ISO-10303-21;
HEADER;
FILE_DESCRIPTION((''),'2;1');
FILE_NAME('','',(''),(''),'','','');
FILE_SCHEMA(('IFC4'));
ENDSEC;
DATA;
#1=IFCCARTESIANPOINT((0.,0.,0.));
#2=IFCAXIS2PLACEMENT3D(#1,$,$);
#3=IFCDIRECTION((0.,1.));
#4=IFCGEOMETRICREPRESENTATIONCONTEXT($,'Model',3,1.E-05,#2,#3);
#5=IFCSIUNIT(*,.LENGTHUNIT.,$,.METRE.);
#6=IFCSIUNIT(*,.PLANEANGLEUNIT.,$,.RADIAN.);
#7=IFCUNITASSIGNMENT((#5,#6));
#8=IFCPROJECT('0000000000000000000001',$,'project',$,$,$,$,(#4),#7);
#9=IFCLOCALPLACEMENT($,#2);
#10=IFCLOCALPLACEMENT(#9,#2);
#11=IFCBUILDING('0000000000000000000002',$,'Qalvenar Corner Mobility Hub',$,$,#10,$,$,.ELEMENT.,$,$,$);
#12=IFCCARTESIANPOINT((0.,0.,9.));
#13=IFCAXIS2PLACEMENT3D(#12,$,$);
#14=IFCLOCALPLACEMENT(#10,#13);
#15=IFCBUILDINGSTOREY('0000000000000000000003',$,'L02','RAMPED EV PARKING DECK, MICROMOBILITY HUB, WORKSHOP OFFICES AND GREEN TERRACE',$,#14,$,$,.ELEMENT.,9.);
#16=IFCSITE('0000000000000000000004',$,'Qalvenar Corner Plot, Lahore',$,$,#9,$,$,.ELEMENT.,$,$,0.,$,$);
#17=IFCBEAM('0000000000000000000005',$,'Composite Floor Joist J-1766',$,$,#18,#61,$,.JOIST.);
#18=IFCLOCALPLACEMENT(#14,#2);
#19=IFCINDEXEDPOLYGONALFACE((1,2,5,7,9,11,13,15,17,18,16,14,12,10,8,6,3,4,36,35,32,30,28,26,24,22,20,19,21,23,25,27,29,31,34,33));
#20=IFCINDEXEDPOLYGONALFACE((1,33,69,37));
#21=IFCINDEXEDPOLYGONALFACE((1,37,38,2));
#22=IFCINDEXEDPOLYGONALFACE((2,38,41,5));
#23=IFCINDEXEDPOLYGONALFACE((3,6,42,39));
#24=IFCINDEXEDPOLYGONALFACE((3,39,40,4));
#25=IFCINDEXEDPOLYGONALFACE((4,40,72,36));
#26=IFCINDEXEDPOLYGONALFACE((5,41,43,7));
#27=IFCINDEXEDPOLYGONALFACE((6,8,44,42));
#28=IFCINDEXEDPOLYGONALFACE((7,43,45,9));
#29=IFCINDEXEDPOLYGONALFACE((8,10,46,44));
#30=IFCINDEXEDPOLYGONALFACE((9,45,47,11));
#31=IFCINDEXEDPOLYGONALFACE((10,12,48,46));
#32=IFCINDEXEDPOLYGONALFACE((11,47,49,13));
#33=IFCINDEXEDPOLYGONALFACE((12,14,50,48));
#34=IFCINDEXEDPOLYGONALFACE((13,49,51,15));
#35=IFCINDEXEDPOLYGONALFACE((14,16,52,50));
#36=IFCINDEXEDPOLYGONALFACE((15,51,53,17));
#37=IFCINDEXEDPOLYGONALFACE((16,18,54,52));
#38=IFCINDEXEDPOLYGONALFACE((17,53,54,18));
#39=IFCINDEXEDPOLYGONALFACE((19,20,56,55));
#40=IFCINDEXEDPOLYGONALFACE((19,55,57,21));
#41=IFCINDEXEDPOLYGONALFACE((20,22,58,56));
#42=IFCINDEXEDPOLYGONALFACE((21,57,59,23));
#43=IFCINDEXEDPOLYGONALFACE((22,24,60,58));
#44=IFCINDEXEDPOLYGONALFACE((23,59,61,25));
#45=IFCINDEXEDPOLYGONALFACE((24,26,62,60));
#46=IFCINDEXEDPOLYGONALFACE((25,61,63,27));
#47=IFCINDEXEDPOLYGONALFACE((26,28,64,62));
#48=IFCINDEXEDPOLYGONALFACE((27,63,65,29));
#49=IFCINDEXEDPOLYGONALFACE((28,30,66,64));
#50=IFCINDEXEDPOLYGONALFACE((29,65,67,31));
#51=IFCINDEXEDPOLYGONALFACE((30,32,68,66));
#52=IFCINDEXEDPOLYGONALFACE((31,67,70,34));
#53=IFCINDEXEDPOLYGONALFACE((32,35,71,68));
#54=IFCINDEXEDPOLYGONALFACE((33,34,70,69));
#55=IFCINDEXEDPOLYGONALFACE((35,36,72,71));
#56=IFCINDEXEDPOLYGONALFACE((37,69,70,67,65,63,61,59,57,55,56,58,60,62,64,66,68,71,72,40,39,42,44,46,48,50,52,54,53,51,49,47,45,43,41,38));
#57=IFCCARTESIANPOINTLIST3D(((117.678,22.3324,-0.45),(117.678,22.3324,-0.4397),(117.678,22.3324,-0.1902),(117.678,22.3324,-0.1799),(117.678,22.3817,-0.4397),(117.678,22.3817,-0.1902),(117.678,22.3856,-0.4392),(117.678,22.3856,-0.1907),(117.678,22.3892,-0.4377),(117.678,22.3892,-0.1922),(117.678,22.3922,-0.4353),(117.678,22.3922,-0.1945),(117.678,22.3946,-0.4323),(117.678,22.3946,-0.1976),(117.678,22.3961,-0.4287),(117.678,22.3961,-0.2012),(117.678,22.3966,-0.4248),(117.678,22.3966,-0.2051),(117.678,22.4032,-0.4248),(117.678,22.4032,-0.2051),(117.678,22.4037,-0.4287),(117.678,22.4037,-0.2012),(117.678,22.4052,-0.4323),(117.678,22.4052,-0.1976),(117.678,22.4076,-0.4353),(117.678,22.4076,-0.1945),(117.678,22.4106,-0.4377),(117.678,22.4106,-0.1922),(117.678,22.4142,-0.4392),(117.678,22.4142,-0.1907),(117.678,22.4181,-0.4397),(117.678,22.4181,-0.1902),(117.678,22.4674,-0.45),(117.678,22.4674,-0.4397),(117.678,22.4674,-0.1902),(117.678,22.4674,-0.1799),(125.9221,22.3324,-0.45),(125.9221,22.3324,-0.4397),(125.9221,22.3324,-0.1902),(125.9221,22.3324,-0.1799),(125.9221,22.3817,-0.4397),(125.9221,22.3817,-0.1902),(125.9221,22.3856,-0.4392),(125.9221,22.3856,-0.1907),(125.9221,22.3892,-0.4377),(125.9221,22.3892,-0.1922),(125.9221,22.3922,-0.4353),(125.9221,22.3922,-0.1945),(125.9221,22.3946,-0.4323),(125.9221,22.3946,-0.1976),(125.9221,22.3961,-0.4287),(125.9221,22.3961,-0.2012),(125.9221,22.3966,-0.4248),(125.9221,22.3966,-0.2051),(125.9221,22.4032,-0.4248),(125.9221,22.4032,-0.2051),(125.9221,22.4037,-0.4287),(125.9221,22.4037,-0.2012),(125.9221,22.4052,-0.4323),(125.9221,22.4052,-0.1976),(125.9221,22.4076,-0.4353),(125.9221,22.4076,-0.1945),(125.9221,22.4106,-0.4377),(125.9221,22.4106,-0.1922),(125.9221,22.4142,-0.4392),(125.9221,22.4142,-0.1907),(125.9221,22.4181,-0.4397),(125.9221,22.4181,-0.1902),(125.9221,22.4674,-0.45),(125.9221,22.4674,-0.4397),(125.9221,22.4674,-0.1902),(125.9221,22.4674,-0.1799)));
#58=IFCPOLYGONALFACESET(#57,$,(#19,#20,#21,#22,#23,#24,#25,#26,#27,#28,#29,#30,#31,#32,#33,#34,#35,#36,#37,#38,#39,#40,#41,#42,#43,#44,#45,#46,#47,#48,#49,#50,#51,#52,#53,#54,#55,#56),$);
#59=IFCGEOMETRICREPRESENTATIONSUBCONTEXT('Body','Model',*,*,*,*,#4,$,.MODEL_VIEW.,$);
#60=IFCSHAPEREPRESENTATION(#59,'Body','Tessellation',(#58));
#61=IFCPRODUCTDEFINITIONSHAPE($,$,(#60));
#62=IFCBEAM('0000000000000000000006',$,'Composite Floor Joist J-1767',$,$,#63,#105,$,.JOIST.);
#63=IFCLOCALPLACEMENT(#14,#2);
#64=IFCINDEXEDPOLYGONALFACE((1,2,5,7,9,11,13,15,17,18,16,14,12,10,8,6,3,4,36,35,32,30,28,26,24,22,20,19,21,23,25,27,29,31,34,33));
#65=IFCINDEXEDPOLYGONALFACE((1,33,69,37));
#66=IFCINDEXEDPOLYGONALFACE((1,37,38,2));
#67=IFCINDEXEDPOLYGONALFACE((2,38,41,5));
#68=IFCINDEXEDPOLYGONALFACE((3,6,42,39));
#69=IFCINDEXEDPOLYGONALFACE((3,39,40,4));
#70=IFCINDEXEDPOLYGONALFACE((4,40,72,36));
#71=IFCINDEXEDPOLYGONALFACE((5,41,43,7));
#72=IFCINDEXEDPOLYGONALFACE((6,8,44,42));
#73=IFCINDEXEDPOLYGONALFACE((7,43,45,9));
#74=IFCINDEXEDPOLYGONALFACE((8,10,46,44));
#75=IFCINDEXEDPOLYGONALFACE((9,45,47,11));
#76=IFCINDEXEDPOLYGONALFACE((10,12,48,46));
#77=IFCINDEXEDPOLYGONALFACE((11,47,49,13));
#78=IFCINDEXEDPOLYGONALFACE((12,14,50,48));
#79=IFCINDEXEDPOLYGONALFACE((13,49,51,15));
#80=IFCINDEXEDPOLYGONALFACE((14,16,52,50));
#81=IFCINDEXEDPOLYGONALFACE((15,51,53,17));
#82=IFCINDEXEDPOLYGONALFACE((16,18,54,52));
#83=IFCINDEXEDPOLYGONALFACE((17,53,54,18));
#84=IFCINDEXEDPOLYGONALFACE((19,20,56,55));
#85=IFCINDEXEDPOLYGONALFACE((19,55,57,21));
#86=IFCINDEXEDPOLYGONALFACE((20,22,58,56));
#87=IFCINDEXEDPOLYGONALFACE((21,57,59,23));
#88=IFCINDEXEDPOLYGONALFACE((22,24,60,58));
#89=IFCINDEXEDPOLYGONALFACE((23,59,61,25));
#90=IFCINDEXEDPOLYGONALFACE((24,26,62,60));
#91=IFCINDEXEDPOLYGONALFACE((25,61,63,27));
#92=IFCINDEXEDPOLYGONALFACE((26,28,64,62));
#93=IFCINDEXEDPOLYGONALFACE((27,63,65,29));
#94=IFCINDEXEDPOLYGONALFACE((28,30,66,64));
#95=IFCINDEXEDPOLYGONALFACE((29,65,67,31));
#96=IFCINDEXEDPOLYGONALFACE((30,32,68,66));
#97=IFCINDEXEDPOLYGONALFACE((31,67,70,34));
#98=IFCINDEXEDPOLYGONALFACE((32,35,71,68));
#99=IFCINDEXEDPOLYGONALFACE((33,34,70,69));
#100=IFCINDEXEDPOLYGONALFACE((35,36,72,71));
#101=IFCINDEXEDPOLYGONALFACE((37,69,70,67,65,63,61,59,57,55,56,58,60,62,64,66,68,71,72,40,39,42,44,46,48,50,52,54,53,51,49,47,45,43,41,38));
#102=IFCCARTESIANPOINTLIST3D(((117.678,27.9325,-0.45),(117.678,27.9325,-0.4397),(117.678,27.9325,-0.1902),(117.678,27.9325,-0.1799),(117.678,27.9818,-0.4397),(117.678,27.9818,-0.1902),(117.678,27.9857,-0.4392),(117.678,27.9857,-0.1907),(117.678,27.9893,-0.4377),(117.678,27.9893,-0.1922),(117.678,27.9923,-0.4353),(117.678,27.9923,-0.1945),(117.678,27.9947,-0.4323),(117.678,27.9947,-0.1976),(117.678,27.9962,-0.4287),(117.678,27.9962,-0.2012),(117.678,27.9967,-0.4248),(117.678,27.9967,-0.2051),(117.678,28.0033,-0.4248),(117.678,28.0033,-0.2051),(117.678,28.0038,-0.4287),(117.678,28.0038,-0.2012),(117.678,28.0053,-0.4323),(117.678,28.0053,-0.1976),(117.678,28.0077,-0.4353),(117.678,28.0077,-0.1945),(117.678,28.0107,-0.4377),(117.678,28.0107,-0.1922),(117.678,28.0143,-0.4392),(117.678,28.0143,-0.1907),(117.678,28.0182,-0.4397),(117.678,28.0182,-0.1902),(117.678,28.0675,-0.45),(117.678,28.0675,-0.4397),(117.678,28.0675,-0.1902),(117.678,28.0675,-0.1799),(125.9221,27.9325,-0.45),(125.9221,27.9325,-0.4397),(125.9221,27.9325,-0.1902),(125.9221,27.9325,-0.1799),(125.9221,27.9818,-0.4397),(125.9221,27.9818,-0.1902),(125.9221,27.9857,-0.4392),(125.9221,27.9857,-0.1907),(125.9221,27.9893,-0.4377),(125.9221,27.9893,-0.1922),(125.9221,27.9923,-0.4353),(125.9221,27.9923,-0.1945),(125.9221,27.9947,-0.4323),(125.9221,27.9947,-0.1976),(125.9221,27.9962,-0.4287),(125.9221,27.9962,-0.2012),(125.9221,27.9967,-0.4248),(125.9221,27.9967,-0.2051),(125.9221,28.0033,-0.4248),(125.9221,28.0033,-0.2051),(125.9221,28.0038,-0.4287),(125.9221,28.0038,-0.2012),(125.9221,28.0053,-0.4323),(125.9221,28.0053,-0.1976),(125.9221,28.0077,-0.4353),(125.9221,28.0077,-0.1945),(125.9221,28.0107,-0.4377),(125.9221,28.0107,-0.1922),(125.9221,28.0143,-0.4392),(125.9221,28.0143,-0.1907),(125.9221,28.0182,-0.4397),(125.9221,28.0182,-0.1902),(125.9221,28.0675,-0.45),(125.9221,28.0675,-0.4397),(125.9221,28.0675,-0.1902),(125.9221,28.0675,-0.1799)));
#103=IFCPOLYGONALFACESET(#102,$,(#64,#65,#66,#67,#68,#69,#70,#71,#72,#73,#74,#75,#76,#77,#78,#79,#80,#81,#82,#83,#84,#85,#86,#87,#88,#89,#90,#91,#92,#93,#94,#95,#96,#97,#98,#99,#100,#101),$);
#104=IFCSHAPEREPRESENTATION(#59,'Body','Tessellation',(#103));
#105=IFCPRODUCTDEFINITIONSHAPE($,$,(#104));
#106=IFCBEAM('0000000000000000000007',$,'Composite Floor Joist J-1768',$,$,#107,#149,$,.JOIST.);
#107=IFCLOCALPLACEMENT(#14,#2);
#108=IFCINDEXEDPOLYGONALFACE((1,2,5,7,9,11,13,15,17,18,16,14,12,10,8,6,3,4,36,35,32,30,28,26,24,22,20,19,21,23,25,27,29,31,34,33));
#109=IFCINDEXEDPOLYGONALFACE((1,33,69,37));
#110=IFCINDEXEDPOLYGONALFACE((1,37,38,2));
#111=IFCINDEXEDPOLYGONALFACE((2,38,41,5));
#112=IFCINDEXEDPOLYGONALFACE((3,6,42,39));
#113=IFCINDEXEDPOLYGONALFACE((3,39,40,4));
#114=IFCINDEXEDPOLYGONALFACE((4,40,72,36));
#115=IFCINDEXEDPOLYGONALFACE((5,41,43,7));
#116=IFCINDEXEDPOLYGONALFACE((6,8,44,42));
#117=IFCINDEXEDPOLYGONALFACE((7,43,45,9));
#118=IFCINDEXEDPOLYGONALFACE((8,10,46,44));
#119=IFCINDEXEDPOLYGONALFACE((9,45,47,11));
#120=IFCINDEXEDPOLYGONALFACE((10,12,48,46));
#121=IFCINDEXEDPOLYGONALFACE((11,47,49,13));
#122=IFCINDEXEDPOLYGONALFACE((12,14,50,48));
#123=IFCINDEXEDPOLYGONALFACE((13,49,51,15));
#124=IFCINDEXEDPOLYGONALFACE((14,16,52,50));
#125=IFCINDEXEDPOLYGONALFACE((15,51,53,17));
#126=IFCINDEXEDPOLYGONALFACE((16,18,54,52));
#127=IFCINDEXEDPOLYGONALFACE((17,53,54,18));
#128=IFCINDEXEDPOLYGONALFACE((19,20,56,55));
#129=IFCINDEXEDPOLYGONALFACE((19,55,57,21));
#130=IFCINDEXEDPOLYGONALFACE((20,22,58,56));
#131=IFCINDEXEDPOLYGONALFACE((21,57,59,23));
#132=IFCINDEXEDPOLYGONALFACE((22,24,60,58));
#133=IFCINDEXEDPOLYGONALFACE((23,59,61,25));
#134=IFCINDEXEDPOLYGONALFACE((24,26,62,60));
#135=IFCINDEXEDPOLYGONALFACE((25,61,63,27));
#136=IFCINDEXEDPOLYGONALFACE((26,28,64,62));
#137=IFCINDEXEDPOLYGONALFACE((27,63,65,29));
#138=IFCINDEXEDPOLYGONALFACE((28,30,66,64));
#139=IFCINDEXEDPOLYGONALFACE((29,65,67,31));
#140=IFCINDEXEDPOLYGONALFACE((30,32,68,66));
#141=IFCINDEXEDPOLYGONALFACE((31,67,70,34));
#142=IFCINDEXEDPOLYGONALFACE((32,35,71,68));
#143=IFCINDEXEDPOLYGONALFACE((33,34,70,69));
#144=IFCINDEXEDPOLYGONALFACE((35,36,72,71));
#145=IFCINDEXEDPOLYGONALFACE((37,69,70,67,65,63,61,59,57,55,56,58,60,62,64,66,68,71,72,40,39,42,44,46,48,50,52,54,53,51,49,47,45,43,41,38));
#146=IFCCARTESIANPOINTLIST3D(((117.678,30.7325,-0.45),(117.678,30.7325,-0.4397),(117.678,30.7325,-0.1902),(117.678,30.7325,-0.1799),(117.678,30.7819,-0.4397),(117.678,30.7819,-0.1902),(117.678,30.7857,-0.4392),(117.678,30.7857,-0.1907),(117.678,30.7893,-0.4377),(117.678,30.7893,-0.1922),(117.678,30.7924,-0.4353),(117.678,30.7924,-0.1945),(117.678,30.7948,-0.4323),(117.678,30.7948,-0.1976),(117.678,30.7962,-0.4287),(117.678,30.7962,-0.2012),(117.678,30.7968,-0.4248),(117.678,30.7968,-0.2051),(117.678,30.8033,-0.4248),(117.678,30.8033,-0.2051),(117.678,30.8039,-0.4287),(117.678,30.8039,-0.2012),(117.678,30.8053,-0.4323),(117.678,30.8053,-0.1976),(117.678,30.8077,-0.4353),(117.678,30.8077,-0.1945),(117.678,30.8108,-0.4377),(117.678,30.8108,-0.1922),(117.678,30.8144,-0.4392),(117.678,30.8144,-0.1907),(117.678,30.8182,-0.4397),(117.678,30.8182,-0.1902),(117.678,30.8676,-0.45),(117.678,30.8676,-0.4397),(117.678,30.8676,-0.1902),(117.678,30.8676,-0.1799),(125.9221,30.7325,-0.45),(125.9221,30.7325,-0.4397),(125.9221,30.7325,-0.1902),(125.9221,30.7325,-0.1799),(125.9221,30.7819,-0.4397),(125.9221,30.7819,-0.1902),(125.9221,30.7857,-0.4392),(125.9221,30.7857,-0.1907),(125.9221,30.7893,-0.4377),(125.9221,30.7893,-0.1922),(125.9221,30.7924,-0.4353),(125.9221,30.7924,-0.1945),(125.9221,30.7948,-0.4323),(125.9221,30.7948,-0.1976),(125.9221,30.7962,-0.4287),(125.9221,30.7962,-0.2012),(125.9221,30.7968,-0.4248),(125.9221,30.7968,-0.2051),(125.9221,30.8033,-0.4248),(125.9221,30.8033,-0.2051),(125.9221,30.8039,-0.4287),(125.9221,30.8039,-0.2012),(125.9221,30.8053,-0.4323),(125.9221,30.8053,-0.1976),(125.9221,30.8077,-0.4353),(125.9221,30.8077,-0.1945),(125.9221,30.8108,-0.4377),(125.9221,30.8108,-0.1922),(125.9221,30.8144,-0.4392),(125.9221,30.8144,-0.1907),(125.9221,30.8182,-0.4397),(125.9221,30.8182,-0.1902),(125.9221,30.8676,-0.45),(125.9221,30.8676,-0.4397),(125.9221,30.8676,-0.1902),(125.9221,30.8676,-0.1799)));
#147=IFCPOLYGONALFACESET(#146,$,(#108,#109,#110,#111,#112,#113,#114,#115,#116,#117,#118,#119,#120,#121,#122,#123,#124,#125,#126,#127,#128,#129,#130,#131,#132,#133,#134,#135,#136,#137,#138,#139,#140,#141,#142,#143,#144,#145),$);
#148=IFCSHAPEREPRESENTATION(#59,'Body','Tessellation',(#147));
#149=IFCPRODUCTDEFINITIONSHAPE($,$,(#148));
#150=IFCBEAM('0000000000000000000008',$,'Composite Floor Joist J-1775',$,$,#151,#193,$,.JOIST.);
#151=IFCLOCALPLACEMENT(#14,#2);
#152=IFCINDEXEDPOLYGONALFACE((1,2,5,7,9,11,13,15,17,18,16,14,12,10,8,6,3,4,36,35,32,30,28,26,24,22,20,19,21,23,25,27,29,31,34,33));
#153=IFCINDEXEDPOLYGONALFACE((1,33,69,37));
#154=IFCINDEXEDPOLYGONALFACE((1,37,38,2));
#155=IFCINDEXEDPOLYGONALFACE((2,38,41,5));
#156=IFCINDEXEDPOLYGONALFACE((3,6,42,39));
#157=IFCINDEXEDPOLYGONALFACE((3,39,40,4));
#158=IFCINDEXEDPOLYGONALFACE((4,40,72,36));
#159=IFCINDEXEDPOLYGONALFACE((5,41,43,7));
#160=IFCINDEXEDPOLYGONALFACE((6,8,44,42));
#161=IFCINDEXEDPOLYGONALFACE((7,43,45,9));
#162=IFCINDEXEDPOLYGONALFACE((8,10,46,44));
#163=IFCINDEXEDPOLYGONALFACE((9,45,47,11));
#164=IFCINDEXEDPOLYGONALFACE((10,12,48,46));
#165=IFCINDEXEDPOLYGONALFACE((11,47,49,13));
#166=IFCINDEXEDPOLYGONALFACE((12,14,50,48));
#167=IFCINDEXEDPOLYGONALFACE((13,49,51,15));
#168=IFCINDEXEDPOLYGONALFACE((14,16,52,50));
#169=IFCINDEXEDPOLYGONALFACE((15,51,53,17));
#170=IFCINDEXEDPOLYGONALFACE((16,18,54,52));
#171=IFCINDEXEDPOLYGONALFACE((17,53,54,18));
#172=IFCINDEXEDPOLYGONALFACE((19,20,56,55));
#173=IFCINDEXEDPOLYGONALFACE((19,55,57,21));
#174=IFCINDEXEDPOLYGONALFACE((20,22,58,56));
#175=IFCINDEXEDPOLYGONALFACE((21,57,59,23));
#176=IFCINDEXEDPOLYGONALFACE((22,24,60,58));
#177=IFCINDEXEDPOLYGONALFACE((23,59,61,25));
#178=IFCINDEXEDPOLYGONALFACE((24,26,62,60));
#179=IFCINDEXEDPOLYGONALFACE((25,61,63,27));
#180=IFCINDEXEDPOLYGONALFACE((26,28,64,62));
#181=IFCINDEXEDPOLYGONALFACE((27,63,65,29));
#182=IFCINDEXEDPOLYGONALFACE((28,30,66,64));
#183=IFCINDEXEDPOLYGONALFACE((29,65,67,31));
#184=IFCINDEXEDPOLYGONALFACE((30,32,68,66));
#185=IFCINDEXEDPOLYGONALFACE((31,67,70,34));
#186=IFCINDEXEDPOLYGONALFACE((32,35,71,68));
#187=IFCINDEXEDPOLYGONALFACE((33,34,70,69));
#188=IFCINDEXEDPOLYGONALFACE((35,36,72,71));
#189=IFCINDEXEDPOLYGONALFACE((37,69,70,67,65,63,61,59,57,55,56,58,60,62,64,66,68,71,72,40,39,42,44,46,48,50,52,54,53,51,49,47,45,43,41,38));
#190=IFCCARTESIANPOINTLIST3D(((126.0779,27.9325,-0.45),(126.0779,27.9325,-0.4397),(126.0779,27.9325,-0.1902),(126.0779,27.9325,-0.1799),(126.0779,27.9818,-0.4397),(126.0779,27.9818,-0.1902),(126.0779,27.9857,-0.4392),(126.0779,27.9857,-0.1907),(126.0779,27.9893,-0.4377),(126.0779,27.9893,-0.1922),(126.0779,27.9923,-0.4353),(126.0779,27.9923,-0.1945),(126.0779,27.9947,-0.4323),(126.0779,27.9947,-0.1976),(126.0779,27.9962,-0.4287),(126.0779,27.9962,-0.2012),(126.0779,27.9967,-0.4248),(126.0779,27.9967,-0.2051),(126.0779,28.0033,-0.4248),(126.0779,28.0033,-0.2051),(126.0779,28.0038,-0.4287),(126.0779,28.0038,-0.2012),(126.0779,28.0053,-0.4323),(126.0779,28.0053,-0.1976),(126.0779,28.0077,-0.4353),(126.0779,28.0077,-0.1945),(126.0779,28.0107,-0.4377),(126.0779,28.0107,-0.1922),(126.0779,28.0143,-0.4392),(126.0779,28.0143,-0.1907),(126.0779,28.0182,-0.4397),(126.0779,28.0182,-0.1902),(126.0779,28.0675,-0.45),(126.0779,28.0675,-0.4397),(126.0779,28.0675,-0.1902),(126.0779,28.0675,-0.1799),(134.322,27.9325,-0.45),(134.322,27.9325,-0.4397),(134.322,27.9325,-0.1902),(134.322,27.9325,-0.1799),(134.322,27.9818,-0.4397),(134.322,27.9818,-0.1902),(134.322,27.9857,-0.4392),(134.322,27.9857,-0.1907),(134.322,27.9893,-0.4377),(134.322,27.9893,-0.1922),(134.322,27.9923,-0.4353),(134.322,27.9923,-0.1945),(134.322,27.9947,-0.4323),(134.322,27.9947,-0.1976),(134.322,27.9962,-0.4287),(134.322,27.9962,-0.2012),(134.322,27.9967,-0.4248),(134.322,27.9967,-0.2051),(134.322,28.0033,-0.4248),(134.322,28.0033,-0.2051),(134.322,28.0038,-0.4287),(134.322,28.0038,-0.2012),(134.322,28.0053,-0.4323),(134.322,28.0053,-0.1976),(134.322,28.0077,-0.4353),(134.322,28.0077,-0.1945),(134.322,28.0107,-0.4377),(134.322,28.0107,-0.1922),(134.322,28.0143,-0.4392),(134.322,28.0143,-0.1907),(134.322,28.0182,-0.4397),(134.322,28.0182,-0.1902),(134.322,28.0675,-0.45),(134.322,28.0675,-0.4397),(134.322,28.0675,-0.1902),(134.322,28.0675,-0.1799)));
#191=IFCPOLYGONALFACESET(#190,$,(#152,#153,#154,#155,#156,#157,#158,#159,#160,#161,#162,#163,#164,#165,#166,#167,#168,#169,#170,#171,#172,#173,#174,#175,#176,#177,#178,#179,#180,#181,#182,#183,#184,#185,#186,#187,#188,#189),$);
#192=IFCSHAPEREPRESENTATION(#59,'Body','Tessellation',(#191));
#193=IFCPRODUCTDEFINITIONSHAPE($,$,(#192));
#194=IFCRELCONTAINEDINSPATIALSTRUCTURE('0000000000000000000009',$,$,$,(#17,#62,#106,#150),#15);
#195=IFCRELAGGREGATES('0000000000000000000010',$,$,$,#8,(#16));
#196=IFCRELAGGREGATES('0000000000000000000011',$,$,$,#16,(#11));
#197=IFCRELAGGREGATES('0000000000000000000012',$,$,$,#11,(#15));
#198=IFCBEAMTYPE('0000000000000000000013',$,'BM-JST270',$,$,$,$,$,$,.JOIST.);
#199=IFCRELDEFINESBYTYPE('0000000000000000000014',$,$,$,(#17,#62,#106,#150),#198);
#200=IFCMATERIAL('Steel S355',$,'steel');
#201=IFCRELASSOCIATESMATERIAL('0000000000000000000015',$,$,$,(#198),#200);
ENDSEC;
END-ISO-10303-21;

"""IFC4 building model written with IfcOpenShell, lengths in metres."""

from ifc_helpers import new_model, si_unit, direction, frame, origin, origin_2d, place, context, subcontext, project, spatial, i_section, extrude, material, material_profile, profile_set, type_object, element, save


model = new_model("IFC4")

# Units and contexts
model_context = context("Model", 3, precision=1e-05, world=origin(), true_north=direction((0.0, 1.0)))
body_context = subcontext(model_context, "Body", "Model", "MODEL_VIEW")
ifc_project = project(units=[si_unit("LENGTHUNIT", "METRE"), si_unit("PLANEANGLEUNIT", "RADIAN")], contexts=[model_context])

# Site, building, storey
site_placement = place(None, origin())
site = spatial("IfcSite", under=ifc_project, at=site_placement, Name="Qalvenar Corner Plot, Lahore", CompositionType="ELEMENT", RefElevation=0.0)
building_placement = place(site_placement, origin())
building = spatial("IfcBuilding", under=site, at=building_placement, Name="Qalvenar Corner Mobility Hub", CompositionType="ELEMENT")
storey_placement = place(building_placement, frame((0.0, 0.0, 9.0)))
storey = spatial("IfcBuildingStorey", under=building, at=storey_placement, Name="L02", Description="RAMPED EV PARKING DECK, MICROMOBILITY HUB, WORKSHOP OFFICES AND GREEN TERRACE", CompositionType="ELEMENT", Elevation=9.0)

# Shared definitions
ifc_material_1 = material(Name="Steel S355", Category="steel")

# Beams
ifc_material_profile_1 = material_profile(ifc_material_1, i_section(OverallWidth=0.135, OverallDepth=0.27, WebThickness=0.0066, FlangeThickness=0.0103, FilletRadius=0.0149, at=origin_2d()), Name="IPE270")
ifc_profile_set_1 = profile_set([ifc_material_profile_1], Name="Steel S355")
beam_type_1 = type_object("IfcBeamType", Name="BM-JST270", PredefinedType="JOIST", material=ifc_profile_set_1)
for number, where, z_axis, x_axis, name in (
    (1, (117.678, 22.3999, -0.3149), (1.0, 0.0, 0.0), (0.0, 1.0, 0.0), "Composite Floor Joist J-1766"),
    (2, (117.678, 28.0, -0.3149), (1.0, 0.0, 0.0), (0.0, 1.0, 0.0), "Composite Floor Joist J-1767"),
    (3, (117.678, 30.8, -0.3149), (1.0, 0.0, 0.0), (0.0, 1.0, 0.0), "Composite Floor Joist J-1768"),
    (4, (126.0779, 28.0, -0.3149), (1.0, 0.0, 0.0), (0.0, 1.0, 0.0), "Composite Floor Joist J-1775"),
):
    element("IfcBeam", number, at=place(storey_placement, frame(where, z_axis=z_axis, x_axis=x_axis)), inside=storey, type_object=beam_type_1, Name=name, PredefinedType="JOIST", context=body_context, shape_type="SweptSolid", body=[
        extrude(i_section(OverallWidth=0.135, OverallDepth=0.27, WebThickness=0.0066, FlangeThickness=0.0103, FilletRadius=0.0149, at=origin_2d()), origin(), (0.0, 0.0, 1.0), 8.2441),
    ])

save(model, "model.ifc")
